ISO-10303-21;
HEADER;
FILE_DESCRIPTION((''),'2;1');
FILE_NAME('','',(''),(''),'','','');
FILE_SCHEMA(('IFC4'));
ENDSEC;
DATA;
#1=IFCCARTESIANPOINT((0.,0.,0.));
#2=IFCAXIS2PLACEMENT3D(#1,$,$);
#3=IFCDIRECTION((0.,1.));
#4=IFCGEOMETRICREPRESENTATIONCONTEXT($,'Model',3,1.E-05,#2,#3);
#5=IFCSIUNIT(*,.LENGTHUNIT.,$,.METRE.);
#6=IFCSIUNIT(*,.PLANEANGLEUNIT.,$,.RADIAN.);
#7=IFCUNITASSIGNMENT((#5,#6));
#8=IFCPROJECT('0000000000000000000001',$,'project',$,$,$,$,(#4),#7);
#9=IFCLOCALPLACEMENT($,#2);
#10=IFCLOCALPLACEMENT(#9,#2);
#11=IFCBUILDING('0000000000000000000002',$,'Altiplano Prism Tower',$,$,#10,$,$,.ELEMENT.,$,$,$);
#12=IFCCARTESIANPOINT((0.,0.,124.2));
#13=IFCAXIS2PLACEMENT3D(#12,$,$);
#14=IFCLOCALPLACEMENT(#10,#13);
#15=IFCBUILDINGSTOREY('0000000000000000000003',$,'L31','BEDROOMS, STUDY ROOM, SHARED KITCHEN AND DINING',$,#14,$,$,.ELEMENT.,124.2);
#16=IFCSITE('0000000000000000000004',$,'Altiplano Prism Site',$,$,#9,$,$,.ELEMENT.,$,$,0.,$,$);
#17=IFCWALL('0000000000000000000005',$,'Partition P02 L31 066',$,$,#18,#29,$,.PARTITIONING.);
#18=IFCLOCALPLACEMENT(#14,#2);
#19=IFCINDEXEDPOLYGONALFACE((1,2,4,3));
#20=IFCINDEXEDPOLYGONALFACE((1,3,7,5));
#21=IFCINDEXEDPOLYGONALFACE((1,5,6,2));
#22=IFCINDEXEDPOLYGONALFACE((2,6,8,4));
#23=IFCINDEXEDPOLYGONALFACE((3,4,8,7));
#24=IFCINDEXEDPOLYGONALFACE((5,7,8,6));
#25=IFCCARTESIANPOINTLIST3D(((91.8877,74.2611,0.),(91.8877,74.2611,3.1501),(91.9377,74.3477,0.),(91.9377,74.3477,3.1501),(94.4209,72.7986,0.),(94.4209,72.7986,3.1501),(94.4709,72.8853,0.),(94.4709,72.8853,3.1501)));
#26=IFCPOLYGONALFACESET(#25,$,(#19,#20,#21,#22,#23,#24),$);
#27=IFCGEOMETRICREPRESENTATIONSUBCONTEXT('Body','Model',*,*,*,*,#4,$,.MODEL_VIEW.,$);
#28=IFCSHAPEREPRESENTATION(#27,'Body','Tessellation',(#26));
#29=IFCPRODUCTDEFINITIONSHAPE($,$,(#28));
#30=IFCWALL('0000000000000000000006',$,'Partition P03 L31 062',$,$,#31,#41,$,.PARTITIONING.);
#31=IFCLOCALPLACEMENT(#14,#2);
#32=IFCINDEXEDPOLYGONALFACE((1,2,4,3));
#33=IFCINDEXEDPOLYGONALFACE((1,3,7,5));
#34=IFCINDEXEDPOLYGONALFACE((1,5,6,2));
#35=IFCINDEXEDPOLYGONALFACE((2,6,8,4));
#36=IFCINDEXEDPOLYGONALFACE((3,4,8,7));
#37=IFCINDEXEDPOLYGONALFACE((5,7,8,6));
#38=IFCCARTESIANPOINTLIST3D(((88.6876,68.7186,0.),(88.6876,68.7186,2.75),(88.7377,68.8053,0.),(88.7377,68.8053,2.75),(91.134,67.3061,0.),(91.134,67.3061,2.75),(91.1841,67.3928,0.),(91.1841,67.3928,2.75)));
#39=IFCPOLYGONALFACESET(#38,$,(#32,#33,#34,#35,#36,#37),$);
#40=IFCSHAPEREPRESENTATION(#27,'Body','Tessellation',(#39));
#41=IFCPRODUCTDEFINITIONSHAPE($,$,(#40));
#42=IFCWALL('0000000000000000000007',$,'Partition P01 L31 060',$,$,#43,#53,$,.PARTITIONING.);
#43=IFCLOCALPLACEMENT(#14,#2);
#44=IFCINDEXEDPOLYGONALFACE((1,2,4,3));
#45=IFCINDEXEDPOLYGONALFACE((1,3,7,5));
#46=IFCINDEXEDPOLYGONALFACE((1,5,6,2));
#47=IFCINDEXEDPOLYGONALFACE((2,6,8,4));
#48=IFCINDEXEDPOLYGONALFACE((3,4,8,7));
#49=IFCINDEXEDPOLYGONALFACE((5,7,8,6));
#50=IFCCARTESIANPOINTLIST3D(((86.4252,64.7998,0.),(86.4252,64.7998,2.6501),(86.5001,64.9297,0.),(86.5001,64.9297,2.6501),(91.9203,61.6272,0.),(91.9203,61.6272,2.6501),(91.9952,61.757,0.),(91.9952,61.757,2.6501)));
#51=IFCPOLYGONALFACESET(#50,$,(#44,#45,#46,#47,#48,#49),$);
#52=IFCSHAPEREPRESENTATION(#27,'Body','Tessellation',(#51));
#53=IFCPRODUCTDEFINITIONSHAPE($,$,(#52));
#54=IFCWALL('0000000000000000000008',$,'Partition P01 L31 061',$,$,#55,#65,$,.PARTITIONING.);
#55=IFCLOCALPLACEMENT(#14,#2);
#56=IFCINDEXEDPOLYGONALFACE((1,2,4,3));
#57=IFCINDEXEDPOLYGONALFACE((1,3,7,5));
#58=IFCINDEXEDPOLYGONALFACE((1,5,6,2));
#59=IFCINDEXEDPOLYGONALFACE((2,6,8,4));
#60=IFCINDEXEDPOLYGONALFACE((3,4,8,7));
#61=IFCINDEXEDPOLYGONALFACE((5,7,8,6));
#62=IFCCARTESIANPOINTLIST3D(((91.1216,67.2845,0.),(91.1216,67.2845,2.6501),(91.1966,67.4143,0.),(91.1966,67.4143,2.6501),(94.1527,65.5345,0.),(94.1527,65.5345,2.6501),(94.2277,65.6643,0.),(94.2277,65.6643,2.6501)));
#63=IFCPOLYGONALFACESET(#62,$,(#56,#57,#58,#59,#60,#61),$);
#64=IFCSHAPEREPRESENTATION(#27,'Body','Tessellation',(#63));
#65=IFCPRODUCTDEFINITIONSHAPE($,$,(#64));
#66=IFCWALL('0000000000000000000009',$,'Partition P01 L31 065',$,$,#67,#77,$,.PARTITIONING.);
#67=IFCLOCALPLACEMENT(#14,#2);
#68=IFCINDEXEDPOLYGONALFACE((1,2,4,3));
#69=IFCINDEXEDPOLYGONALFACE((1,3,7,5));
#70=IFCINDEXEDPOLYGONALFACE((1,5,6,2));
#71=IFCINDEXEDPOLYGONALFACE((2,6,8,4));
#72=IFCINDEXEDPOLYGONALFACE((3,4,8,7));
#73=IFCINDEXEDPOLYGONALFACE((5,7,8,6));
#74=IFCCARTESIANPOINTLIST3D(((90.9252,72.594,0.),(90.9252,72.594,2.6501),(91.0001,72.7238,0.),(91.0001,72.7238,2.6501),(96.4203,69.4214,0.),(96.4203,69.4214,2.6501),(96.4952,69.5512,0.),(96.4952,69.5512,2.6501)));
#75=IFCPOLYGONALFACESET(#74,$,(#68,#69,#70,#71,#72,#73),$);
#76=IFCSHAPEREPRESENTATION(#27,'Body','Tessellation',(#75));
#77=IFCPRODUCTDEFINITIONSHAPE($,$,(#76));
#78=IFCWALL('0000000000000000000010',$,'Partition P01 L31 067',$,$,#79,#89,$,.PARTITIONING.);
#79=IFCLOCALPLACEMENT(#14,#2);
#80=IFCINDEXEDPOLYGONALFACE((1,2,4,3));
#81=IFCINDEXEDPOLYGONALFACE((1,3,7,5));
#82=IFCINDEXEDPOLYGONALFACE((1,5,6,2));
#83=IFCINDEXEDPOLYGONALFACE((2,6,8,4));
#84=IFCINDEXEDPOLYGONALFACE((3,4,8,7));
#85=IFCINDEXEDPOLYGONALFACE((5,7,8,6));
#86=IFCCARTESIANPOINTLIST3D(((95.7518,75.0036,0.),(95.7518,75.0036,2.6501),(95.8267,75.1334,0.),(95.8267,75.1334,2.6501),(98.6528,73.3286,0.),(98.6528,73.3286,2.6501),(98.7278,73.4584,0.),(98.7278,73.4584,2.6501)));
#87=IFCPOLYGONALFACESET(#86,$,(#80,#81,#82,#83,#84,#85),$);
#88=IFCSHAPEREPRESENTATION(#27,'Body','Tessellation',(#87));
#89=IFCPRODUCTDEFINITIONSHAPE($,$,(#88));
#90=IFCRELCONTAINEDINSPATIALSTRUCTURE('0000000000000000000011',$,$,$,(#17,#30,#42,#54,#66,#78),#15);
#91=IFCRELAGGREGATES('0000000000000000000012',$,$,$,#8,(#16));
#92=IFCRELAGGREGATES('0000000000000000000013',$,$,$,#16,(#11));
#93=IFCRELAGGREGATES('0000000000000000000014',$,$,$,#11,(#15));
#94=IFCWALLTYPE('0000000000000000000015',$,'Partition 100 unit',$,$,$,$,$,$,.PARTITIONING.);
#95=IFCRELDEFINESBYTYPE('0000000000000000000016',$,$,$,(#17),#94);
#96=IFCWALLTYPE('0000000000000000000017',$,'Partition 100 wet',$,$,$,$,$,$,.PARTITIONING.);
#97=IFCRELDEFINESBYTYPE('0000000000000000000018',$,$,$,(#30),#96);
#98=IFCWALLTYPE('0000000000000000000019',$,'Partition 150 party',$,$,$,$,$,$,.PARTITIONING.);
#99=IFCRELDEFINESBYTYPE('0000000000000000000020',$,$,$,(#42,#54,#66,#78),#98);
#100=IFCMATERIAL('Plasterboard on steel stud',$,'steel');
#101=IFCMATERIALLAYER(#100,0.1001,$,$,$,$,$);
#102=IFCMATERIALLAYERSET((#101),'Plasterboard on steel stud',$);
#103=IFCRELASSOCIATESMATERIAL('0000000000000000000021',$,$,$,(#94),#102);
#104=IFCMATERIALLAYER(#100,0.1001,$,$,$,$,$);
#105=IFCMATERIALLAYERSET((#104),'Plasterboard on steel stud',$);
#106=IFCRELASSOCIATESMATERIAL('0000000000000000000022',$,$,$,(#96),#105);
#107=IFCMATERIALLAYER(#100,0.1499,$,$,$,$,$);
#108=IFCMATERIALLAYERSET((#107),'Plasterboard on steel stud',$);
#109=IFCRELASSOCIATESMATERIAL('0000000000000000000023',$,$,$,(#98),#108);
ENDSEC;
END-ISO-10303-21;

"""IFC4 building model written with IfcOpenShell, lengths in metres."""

from ifc_helpers import new_model, si_unit, direction, frame, frame_2d, origin, place, context, subcontext, project, spatial, rectangle, extrude, material, layer, layer_set, type_object, element, save


model = new_model("IFC4")

# Units and contexts
model_context = context("Model", 3, precision=1e-05, world=origin(), true_north=direction((0.0, 1.0)))
body_context = subcontext(model_context, "Body", "Model", "MODEL_VIEW")
ifc_project = project(units=[si_unit("LENGTHUNIT", "METRE"), si_unit("PLANEANGLEUNIT", "RADIAN")], contexts=[model_context])

# Site, building, storey
site_placement = place(None, origin())
site = spatial("IfcSite", under=ifc_project, at=site_placement, Name="Altiplano Prism Site", CompositionType="ELEMENT", RefElevation=0.0)
building_placement = place(site_placement, origin())
building = spatial("IfcBuilding", under=site, at=building_placement, Name="Altiplano Prism Tower", CompositionType="ELEMENT")
storey_placement = place(building_placement, frame((0.0, 0.0, 124.2)))
storey = spatial("IfcBuildingStorey", under=building, at=storey_placement, Name="L31", Description="BEDROOMS, STUDY ROOM, SHARED KITCHEN AND DINING", CompositionType="ELEMENT", Elevation=124.2)

# Shared definitions
ifc_material_1 = material(Name="Plasterboard on steel stud", Category="steel")
ifc_layer_1 = layer(ifc_material_1, 0.1001)
ifc_layer_set_1 = layer_set([ifc_layer_1], Name="Plasterboard on steel stud")
wall_type_1 = type_object("IfcWallType", Name="Partition 100 unit", PredefinedType="PARTITIONING", material=ifc_layer_set_1)

# Walls
wall_1_placement = place(storey_placement, frame((94.4458, 72.842, 0.0), z_axis=(0.0, 0.0, 1.0), x_axis=(-0.866047, 0.499963, 0.0)))
element("IfcWall", 1, at=wall_1_placement, inside=storey, type_object=wall_type_1, Name="Partition P02 L31 066", PredefinedType="PARTITIONING", context=body_context, shape_type="SweptSolid", body=[
    extrude(rectangle(XDim=2.925, YDim=0.1001, at=frame_2d((1.4624, 0.0))), origin(), (0.0, 0.0, 1.0), 3.1501),
])
ifc_layer_2 = layer(ifc_material_1, 0.1001)
ifc_layer_set_2 = layer_set([ifc_layer_2], Name="Plasterboard on steel stud")
wall_type_2 = type_object("IfcWallType", Name="Partition 100 wet", PredefinedType="PARTITIONING", material=ifc_layer_set_2)
wall_2_placement = place(storey_placement, frame((91.1592, 67.3494, 0.0), z_axis=(0.0, 0.0, 1.0), x_axis=(-0.866011, 0.500024, 0.0)))
element("IfcWall", 2, at=wall_2_placement, inside=storey, type_object=wall_type_2, Name="Partition P03 L31 062", PredefinedType="PARTITIONING", context=body_context, shape_type="SweptSolid", body=[
    extrude(rectangle(XDim=2.825, YDim=0.1001, at=frame_2d((1.4126, 0.0))), origin(), (0.0, 0.0, 1.0), 2.75),
])
ifc_layer_3 = layer(ifc_material_1, 0.1499)
ifc_layer_set_3 = layer_set([ifc_layer_3], Name="Plasterboard on steel stud")
wall_type_3 = type_object("IfcWallType", Name="Partition 150 party", PredefinedType="PARTITIONING", material=ifc_layer_set_3)
wall_3_placement = place(storey_placement, frame((91.9578, 61.6921, 0.0), z_axis=(0.0, 0.0, 1.0), x_axis=(-0.866025, 0.5, 0.0)))
element("IfcWall", 3, at=wall_3_placement, inside=storey, type_object=wall_type_3, Name="Partition P01 L31 060", PredefinedType="PARTITIONING", context=body_context, shape_type="SweptSolid", body=[
    extrude(rectangle(XDim=6.3452, YDim=0.1499, at=frame_2d((3.1726, 0.0))), origin(), (0.0, 0.0, 1.0), 2.6501),
])
wall_4_placement = place(storey_placement, frame((94.1902, 65.5994, 0.0), z_axis=(0.0, 0.0, 1.0), x_axis=(-0.866019, 0.50001, 0.0)))
element("IfcWall", 4, at=wall_4_placement, inside=storey, type_object=wall_type_3, Name="Partition P01 L31 061", PredefinedType="PARTITIONING", context=body_context, shape_type="SweptSolid", body=[
    extrude(rectangle(XDim=3.5, YDim=0.1499, at=frame_2d((1.75, 0.0))), origin(), (0.0, 0.0, 1.0), 2.6501),
])
wall_5_placement = place(storey_placement, frame((96.4578, 69.4863, 0.0), z_axis=(0.0, 0.0, 1.0), x_axis=(-0.866025, 0.5, 0.0)))
element("IfcWall", 5, at=wall_5_placement, inside=storey, type_object=wall_type_3, Name="Partition P01 L31 065", PredefinedType="PARTITIONING", context=body_context, shape_type="SweptSolid", body=[
    extrude(rectangle(XDim=6.3452, YDim=0.1499, at=frame_2d((3.1726, 0.0))), origin(), (0.0, 0.0, 1.0), 2.6501),
])
wall_6_placement = place(storey_placement, frame((98.6902, 73.3936, 0.0), z_axis=(0.0, 0.0, 1.0), x_axis=(-0.866014, 0.500019, 0.0)))
element("IfcWall", 6, at=wall_6_placement, inside=storey, type_object=wall_type_3, Name="Partition P01 L31 067", PredefinedType="PARTITIONING", context=body_context, shape_type="SweptSolid", body=[
    extrude(rectangle(XDim=3.3499, YDim=0.1499, at=frame_2d((1.6748, 0.0))), origin(), (0.0, 0.0, 1.0), 2.6501),
])

save(model, "model.ifc")
